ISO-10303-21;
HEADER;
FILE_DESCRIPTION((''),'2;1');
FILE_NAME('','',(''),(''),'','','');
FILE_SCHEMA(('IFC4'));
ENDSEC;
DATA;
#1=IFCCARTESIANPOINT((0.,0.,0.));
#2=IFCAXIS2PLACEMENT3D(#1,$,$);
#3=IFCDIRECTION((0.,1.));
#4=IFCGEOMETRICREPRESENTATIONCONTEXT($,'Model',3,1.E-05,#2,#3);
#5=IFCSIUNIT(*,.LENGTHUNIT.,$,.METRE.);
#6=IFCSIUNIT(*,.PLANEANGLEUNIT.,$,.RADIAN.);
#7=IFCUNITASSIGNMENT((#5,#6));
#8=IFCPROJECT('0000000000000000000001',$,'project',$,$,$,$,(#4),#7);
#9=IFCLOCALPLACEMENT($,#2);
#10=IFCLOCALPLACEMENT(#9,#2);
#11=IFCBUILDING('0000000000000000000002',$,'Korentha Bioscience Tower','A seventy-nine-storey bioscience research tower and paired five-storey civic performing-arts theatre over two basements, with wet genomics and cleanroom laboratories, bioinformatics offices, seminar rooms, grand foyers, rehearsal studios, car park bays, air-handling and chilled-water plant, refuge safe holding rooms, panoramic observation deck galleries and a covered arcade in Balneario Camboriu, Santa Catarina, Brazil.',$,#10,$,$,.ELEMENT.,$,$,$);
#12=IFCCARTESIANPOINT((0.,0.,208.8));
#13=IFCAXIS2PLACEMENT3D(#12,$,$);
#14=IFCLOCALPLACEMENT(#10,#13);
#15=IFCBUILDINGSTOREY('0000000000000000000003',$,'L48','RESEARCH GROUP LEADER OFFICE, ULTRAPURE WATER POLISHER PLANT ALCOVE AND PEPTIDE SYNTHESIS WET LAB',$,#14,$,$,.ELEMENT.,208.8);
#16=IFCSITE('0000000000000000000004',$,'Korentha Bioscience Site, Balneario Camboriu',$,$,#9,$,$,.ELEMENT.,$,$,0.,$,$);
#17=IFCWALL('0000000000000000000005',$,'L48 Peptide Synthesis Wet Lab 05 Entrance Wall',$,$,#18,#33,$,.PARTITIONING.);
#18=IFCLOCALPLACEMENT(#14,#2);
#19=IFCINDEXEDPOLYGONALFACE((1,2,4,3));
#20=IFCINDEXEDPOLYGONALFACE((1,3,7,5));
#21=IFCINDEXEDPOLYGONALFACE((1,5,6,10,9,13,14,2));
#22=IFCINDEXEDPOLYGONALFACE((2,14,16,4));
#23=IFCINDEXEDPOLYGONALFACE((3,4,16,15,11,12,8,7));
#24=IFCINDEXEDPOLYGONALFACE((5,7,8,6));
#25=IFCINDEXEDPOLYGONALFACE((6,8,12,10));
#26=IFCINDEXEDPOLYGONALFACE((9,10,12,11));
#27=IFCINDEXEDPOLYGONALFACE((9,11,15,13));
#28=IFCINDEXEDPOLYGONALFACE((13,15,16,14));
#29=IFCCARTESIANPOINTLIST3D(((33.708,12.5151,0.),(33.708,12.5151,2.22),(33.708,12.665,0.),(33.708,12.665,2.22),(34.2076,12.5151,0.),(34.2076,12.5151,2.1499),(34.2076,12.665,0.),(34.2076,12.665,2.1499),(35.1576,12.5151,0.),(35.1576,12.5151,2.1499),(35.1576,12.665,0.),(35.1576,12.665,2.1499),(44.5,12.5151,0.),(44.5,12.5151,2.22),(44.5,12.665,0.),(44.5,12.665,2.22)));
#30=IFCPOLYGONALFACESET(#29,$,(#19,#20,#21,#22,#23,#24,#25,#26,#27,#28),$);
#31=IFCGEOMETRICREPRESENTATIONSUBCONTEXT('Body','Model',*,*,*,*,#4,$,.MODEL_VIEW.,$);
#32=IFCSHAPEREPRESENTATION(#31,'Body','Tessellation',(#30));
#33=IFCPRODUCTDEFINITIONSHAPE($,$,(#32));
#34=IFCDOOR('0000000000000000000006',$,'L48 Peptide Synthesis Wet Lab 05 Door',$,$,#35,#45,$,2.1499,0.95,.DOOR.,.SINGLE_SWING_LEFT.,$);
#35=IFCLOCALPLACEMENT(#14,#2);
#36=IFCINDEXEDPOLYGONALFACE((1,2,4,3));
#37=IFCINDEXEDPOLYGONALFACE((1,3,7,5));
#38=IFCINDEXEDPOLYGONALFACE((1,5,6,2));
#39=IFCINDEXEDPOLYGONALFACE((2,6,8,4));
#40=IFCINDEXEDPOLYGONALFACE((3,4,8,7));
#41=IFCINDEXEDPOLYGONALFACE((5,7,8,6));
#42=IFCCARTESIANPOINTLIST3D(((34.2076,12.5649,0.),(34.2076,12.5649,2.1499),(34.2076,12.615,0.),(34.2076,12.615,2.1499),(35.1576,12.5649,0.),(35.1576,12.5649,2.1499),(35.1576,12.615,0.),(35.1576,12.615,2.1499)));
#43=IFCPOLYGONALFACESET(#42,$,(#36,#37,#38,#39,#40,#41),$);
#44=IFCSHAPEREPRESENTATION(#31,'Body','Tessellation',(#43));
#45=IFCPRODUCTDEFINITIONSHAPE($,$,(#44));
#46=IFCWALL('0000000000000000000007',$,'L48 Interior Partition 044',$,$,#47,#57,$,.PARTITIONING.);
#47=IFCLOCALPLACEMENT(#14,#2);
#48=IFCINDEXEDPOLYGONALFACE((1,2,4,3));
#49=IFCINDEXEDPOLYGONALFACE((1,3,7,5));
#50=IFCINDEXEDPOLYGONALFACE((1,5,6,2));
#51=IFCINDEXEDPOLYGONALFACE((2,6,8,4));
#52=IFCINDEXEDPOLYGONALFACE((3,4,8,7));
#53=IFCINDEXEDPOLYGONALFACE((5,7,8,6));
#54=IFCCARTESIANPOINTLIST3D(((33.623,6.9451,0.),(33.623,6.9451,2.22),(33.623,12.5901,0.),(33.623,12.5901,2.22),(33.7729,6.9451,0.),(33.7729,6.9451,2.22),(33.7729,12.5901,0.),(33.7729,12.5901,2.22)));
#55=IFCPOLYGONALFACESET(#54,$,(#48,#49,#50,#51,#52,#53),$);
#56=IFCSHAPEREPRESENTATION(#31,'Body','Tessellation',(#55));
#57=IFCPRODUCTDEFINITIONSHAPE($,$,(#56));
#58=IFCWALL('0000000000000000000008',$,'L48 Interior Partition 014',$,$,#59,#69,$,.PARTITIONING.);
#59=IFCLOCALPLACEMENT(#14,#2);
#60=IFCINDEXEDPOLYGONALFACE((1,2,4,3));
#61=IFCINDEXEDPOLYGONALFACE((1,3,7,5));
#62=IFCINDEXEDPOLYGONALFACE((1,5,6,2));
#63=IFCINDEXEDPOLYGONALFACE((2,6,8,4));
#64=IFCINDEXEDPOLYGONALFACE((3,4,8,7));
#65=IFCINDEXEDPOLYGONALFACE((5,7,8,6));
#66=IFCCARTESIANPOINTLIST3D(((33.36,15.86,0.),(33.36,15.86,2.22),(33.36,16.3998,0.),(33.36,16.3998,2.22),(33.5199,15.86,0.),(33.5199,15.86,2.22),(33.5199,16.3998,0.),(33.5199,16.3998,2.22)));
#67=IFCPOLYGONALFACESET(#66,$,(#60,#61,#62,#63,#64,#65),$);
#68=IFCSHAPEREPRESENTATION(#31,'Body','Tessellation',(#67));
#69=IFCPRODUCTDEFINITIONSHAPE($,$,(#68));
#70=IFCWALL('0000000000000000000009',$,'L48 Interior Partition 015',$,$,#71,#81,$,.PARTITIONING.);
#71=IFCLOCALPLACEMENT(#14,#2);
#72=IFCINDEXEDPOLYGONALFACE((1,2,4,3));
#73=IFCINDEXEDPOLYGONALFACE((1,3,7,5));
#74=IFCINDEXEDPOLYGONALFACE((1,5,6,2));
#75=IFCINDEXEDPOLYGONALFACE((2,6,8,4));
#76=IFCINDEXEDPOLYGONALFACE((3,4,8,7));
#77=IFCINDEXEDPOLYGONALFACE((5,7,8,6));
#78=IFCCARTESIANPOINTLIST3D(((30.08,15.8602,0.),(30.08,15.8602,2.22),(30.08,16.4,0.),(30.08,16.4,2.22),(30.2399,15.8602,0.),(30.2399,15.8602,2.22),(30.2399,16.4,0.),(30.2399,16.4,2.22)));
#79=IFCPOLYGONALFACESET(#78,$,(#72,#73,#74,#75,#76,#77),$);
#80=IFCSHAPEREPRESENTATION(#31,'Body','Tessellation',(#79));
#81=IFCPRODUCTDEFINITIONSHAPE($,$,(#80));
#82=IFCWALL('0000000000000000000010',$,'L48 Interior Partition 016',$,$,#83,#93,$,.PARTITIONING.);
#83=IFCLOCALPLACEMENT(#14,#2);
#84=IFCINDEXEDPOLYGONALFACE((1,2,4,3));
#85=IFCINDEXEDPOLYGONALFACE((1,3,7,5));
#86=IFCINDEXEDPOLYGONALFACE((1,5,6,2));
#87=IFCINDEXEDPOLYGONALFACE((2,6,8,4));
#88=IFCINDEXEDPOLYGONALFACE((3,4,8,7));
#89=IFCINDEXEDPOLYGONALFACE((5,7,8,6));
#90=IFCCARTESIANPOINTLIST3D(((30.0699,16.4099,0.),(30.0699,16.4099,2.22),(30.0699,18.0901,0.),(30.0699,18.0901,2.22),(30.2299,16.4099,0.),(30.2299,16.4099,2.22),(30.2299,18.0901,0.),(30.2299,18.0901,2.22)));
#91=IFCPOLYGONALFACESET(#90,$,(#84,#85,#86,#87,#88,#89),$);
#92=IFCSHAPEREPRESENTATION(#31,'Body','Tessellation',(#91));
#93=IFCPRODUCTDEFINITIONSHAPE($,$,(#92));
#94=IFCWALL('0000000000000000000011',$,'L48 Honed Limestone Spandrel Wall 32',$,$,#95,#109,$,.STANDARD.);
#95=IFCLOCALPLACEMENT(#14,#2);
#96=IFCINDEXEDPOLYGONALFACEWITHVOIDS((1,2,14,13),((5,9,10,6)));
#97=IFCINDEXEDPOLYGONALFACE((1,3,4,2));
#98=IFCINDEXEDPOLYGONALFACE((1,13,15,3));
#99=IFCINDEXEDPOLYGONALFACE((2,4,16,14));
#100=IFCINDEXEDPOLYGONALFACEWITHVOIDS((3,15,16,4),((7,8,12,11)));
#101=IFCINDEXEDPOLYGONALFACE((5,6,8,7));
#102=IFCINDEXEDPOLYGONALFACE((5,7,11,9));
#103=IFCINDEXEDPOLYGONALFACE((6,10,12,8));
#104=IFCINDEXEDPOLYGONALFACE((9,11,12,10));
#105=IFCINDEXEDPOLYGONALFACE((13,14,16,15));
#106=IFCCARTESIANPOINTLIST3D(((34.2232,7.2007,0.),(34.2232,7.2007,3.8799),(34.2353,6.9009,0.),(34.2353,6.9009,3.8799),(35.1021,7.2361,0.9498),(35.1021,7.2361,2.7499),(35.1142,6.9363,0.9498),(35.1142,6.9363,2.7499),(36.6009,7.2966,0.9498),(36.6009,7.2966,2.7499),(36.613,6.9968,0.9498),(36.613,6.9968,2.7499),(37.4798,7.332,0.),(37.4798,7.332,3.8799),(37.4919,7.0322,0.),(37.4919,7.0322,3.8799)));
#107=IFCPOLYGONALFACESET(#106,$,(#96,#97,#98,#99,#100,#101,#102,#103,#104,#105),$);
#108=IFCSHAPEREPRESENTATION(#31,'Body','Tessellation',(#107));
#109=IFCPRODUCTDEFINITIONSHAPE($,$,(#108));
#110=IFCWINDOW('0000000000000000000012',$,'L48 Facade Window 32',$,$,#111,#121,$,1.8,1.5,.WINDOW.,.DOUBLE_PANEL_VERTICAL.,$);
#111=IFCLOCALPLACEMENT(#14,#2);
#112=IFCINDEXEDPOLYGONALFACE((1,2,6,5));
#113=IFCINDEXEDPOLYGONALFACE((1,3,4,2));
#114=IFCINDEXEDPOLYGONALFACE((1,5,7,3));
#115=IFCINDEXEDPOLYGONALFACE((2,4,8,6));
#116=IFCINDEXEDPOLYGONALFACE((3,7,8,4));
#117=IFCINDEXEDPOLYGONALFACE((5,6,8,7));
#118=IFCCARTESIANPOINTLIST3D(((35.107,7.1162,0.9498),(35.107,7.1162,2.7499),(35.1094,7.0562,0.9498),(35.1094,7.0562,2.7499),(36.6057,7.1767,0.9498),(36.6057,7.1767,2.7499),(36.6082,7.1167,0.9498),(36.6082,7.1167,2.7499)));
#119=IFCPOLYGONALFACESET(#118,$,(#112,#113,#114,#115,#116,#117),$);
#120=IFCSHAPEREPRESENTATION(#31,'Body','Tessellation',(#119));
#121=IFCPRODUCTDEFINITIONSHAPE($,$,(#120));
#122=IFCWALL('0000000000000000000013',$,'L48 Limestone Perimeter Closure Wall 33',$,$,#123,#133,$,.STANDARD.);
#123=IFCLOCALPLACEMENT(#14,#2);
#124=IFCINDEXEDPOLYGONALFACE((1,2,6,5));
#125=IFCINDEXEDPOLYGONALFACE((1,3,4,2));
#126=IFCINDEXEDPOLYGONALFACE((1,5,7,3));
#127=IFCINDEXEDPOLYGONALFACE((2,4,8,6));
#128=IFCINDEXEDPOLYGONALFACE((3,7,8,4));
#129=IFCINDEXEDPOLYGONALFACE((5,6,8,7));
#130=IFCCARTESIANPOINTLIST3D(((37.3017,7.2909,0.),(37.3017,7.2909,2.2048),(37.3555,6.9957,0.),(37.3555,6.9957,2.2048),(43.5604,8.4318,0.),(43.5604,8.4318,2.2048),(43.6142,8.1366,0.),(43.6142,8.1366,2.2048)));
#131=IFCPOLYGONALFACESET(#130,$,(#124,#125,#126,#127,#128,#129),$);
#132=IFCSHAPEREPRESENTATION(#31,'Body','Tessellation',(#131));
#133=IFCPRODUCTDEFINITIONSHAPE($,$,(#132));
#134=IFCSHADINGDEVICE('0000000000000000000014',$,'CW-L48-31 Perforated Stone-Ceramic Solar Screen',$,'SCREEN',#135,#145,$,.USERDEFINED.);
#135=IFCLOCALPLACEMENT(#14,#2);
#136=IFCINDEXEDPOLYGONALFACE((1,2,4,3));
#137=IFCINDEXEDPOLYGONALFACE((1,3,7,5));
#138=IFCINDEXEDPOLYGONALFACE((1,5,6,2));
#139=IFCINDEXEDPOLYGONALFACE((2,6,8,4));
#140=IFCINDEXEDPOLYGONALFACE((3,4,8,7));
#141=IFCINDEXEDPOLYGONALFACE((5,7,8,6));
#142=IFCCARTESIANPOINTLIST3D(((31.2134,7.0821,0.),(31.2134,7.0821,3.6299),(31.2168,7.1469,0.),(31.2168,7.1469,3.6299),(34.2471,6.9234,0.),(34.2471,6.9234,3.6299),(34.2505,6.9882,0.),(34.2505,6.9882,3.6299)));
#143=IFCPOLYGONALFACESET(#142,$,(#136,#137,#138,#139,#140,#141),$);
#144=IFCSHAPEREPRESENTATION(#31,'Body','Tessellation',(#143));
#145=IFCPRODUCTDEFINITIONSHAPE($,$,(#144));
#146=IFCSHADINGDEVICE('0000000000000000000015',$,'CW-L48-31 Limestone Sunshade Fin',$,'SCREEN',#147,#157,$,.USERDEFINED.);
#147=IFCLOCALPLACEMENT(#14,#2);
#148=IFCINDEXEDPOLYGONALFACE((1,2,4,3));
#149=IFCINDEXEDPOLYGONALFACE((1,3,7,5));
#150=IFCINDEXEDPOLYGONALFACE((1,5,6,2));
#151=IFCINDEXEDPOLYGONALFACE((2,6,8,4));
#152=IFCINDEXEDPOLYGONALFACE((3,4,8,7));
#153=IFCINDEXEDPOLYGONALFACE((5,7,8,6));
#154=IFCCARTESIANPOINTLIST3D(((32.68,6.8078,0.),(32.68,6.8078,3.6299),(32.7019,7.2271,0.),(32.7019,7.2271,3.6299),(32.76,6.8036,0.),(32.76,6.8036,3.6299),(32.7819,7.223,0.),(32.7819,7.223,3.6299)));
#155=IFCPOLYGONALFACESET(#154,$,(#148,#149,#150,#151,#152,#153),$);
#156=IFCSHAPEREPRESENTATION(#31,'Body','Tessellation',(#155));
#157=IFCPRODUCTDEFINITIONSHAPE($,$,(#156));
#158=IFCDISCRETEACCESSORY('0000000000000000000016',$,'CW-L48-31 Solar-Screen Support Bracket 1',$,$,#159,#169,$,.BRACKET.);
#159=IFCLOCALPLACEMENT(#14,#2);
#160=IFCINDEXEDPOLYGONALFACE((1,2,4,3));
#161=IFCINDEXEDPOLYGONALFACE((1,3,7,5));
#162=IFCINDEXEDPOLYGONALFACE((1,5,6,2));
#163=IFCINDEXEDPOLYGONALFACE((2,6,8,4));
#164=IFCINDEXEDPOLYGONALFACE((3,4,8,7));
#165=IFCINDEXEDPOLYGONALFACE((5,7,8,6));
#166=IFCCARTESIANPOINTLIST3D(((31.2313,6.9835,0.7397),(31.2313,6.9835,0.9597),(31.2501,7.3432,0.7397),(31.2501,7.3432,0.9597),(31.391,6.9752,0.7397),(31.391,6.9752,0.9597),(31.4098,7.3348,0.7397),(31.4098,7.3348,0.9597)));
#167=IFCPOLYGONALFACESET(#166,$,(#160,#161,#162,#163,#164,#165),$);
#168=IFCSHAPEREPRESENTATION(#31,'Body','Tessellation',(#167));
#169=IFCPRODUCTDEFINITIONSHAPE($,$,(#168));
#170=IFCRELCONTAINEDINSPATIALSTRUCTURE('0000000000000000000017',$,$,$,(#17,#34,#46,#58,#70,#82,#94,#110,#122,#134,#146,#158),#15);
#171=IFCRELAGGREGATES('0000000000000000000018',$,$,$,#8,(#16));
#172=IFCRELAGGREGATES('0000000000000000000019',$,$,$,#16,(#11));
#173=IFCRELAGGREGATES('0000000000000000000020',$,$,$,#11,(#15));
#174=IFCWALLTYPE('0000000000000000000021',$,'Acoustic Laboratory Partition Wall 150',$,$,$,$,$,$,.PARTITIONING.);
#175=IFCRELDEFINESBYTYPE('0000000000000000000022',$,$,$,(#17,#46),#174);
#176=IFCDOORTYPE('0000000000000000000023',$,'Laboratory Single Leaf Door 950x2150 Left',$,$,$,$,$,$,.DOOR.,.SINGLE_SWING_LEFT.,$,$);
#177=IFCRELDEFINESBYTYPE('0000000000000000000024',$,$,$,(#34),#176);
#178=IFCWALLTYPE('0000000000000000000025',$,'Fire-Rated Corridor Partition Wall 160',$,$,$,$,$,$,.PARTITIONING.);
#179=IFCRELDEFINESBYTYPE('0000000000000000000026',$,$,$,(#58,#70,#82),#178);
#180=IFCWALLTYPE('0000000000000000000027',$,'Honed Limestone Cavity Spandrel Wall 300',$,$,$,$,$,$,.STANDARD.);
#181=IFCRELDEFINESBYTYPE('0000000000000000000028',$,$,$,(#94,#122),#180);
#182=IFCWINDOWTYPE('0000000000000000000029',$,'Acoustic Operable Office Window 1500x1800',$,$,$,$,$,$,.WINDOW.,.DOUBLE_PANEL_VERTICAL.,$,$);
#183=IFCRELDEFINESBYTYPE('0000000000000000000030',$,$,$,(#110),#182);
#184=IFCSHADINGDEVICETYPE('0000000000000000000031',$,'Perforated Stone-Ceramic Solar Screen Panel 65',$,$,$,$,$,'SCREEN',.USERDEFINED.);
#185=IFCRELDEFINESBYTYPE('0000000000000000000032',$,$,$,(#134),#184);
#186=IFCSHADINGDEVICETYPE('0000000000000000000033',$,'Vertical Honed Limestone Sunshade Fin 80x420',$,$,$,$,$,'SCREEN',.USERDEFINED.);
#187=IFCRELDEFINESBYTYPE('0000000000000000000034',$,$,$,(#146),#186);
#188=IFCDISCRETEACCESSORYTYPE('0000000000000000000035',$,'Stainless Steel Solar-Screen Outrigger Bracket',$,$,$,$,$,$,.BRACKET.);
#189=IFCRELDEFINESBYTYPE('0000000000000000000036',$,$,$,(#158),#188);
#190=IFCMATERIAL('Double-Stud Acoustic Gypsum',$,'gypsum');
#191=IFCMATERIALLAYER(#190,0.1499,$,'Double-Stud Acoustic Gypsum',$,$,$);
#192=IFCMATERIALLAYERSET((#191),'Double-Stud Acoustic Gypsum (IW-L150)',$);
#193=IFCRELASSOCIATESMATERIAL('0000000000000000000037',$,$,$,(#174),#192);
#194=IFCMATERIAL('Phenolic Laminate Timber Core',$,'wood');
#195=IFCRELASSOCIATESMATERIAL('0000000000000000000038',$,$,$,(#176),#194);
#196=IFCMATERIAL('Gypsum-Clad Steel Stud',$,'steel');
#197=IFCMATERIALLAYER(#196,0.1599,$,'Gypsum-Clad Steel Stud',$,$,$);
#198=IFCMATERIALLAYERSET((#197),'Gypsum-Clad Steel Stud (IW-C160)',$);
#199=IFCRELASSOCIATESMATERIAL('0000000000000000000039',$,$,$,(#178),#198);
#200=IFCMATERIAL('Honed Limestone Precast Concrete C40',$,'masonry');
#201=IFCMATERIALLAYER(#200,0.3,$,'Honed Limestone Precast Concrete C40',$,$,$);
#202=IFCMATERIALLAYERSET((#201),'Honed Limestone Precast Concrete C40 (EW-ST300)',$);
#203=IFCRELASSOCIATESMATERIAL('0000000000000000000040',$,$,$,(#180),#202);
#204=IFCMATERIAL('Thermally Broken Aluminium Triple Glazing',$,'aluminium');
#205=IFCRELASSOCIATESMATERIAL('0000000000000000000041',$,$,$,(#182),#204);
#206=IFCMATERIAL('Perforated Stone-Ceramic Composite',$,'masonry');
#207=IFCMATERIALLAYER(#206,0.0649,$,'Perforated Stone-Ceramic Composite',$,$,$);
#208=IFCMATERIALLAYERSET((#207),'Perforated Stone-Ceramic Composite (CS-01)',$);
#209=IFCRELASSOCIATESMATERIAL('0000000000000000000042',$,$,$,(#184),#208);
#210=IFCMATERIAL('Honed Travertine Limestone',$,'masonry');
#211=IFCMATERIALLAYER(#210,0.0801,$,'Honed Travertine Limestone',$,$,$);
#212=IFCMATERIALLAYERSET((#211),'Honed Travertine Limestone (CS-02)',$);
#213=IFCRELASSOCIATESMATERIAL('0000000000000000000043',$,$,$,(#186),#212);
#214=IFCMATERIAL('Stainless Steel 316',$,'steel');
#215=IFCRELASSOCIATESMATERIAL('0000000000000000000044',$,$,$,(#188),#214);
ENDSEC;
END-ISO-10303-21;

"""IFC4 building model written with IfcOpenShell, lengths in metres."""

from ifc_helpers import new_model, si_unit, direction, frame, frame_2d, origin, origin_2d, place, context, subcontext, project, spatial, rectangle, extrude, material, layer, layer_set, type_object, element, fill, save


model = new_model("IFC4")

# Units and contexts
model_context = context("Model", 3, precision=1e-05, world=origin(), true_north=direction((0.0, 1.0)))
body_context = subcontext(model_context, "Body", "Model", "MODEL_VIEW")
ifc_project = project(units=[si_unit("LENGTHUNIT", "METRE"), si_unit("PLANEANGLEUNIT", "RADIAN")], contexts=[model_context])

# Site, building, storey
site_placement = place(None, origin())
site = spatial("IfcSite", under=ifc_project, at=site_placement, Name="Korentha Bioscience Site, Balneario Camboriu", CompositionType="ELEMENT", RefElevation=0.0)
building_placement = place(site_placement, origin())
building = spatial("IfcBuilding", under=site, at=building_placement, Name="Korentha Bioscience Tower", Description="A seventy-nine-storey bioscience research tower and paired five-storey civic performing-arts theatre over two basements, with wet genomics and cleanroom laboratories, bioinformatics offices, seminar rooms, grand foyers, rehearsal studios, car park bays, air-handling and chilled-water plant, refuge safe holding rooms, panoramic observation deck galleries and a covered arcade in Balneario Camboriu, Santa Catarina, Brazil.", CompositionType="ELEMENT")
storey_placement = place(building_placement, frame((0.0, 0.0, 208.8)))
storey = spatial("IfcBuildingStorey", under=building, at=storey_placement, Name="L48", Description="RESEARCH GROUP LEADER OFFICE, ULTRAPURE WATER POLISHER PLANT ALCOVE AND PEPTIDE SYNTHESIS WET LAB", CompositionType="ELEMENT", Elevation=208.8)

# Wall, opening, door
ifc_material_1 = material(Name="Double-Stud Acoustic Gypsum", Category="gypsum")
ifc_layer_1 = layer(ifc_material_1, 0.1499, Name="Double-Stud Acoustic Gypsum")
ifc_layer_set_1 = layer_set([ifc_layer_1], Name="Double-Stud Acoustic Gypsum (IW-L150)")
wall_type_1 = type_object("IfcWallType", Name="Acoustic Laboratory Partition Wall 150", PredefinedType="PARTITIONING", material=ifc_layer_set_1)
wall_1_placement = place(storey_placement, frame((33.708, 12.5901, 0.0), z_axis=(0.0, 0.0, 1.0), x_axis=(1.0, 0.0, 0.0)))
wall_1 = element("IfcWall", 1, at=wall_1_placement, inside=storey, type_object=wall_type_1, Name="L48 Peptide Synthesis Wet Lab 05 Entrance Wall", PredefinedType="PARTITIONING", context=body_context, shape_type="SweptSolid", body=[
    extrude(rectangle(XDim=10.792, YDim=0.1499, at=frame_2d((5.396, 0.0))), origin(), (0.0, 0.0, 1.0), 2.22),
])
opening_1_placement = place(wall_1_placement, frame((0.4995, 0.0, 0.0)))
opening_1 = element("IfcOpeningElement", 2, at=opening_1_placement, cuts=wall_1, PredefinedType="OPENING", context=body_context, shape_type="SweptSolid", body=[
    extrude(rectangle(XDim=0.95, YDim=2.1499, at=frame_2d((0.4751, 1.075))), frame((0.0, 0.0898, 0.0), z_axis=(0.0, -1.0, 0.0), x_axis=(1.0, 0.0, 0.0)), (0.0, 0.0, 1.0), 0.1797),
])
ifc_material_2 = material(Name="Phenolic Laminate Timber Core", Category="wood")
door_type = type_object("IfcDoorType", Name="Laboratory Single Leaf Door 950x2150 Left", OperationType="SINGLE_SWING_LEFT", PredefinedType="DOOR", material=ifc_material_2)
door_1_placement = place(opening_1_placement, origin())
door_1 = element("IfcDoor", 3, at=door_1_placement, inside=storey, type_object=door_type, Name="L48 Peptide Synthesis Wet Lab 05 Door", OperationType="SINGLE_SWING_LEFT", OverallHeight=2.1499, OverallWidth=0.95, PredefinedType="DOOR", context=body_context, shape_type="SweptSolid", body=[
    extrude(rectangle(XDim=0.95, YDim=2.1499, at=frame_2d((0.4751, 1.075))), frame((0.0, 0.0249, 0.0), z_axis=(0.0, -1.0, 0.0), x_axis=(1.0, 0.0, 0.0)), (0.0, 0.0, 1.0), 0.05),
])
fill(opening_1, door_1)

# Wall
wall_2_placement = place(storey_placement, frame((33.698, 12.5901, 0.0), z_axis=(0.0, 0.0, 1.0), x_axis=(0.0, -1.0, 0.0)))
element("IfcWall", 4, at=wall_2_placement, inside=storey, type_object=wall_type_1, Name="L48 Interior Partition 044", PredefinedType="PARTITIONING", context=body_context, shape_type="SweptSolid", body=[
    extrude(rectangle(XDim=5.645, YDim=0.1499, at=frame_2d((2.8225, 0.0))), origin(), (0.0, 0.0, 1.0), 2.22),
])

# Shared definitions
ifc_material_3 = material(Name="Gypsum-Clad Steel Stud", Category="steel")
ifc_layer_2 = layer(ifc_material_3, 0.1599, Name="Gypsum-Clad Steel Stud")
ifc_layer_set_2 = layer_set([ifc_layer_2], Name="Gypsum-Clad Steel Stud (IW-C160)")
wall_type_2 = type_object("IfcWallType", Name="Fire-Rated Corridor Partition Wall 160", PredefinedType="PARTITIONING", material=ifc_layer_set_2)

# Walls
for number, where, z_axis, x_axis, name in (
    (5, (33.4399, 16.3999, 0.0), (0.0, 0.0, 1.0), (0.0, -1.0, 0.0), "L48 Interior Partition 014"),
    (6, (30.1599, 15.8601, 0.0), (0.0, 0.0, 1.0), (0.0, 1.0, 0.0), "L48 Interior Partition 015"),
):
    element("IfcWall", number, at=place(storey_placement, frame(where, z_axis=z_axis, x_axis=x_axis)), inside=storey, type_object=wall_type_2, Name=name, PredefinedType="PARTITIONING", context=body_context, shape_type="SweptSolid", body=[
        extrude(rectangle(XDim=0.5398, YDim=0.1599, at=frame_2d((0.27, 0.0))), origin(), (0.0, 0.0, 1.0), 2.22),
    ])
wall_3_placement = place(storey_placement, frame((30.1499, 16.4099, 0.0), z_axis=(0.0, 0.0, 1.0), x_axis=(0.0, 1.0, 0.0)))
element("IfcWall", 7, at=wall_3_placement, inside=storey, type_object=wall_type_2, Name="L48 Interior Partition 016", PredefinedType="PARTITIONING", context=body_context, shape_type="SweptSolid", body=[
    extrude(rectangle(XDim=1.6802, YDim=0.1599, at=frame_2d((0.8401, 0.0))), origin(), (0.0, 0.0, 1.0), 2.22),
])

# Wall, opening, window
ifc_material_4 = material(Name="Honed Limestone Precast Concrete C40", Category="masonry")
ifc_layer_3 = layer(ifc_material_4, 0.3, Name="Honed Limestone Precast Concrete C40")
ifc_layer_set_3 = layer_set([ifc_layer_3], Name="Honed Limestone Precast Concrete C40 (EW-ST300)")
wall_type_3 = type_object("IfcWallType", Name="Honed Limestone Cavity Spandrel Wall 300", PredefinedType="STANDARD", material=ifc_layer_set_3)
wall_4_placement = place(storey_placement, frame((34.2292, 7.0508, 0.0), z_axis=(0.0, 0.0, 1.0), x_axis=(0.999188, 0.0403, 0.0)))
wall_4 = element("IfcWall", 8, at=wall_4_placement, inside=storey, type_object=wall_type_3, Name="L48 Honed Limestone Spandrel Wall 32", PredefinedType="STANDARD", context=body_context, shape_type="SweptSolid", body=[
    extrude(rectangle(XDim=3.2593, YDim=0.3, at=frame_2d((1.6296, 0.0))), origin(), (0.0, 0.0, 1.0), 3.8799),
])
opening_2_placement = place(wall_4_placement, frame((0.8796, 0.0, 0.95)))
opening_2 = element("IfcOpeningElement", 9, at=opening_2_placement, cuts=wall_4, PredefinedType="OPENING", context=body_context, shape_type="SweptSolid", body=[
    extrude(rectangle(XDim=1.5, YDim=1.8, at=frame_2d((0.75, 0.8999))), frame((0.0, 0.165, 0.0), z_axis=(0.0, -1.0, 0.0), x_axis=(1.0, 0.0, 0.0)), (0.0, 0.0, 1.0), 0.3298),
])
ifc_material_5 = material(Name="Thermally Broken Aluminium Triple Glazing", Category="aluminium")
window_type = type_object("IfcWindowType", Name="Acoustic Operable Office Window 1500x1800", PartitioningType="DOUBLE_PANEL_VERTICAL", PredefinedType="WINDOW", material=ifc_material_5)
window_placement = place(opening_2_placement, origin())
window = element("IfcWindow", 10, at=window_placement, inside=storey, type_object=window_type, Name="L48 Facade Window 32", OverallHeight=1.8, OverallWidth=1.5, PartitioningType="DOUBLE_PANEL_VERTICAL", PredefinedType="WINDOW", context=body_context, shape_type="SweptSolid", body=[
    extrude(rectangle(XDim=1.5, YDim=1.8, at=frame_2d((0.75, 0.8999))), frame((0.0, 0.03, 0.0), z_axis=(0.0, -1.0, 0.0), x_axis=(1.0, 0.0, 0.0)), (0.0, 0.0, 1.0), 0.0601),
])
fill(opening_2, window)

# Wall
wall_5_placement = place(storey_placement, frame((37.3286, 7.1433, 0.0), z_axis=(0.0, 0.0, 1.0), x_axis=(0.983789, 0.179328, 0.0)))
element("IfcWall", 11, at=wall_5_placement, inside=storey, type_object=wall_type_3, Name="L48 Limestone Perimeter Closure Wall 33", PredefinedType="STANDARD", context=body_context, shape_type="SweptSolid", body=[
    extrude(rectangle(XDim=6.3618, YDim=0.3, at=frame_2d((3.1809, 0.0))), origin(), (0.0, 0.0, 1.0), 2.2048),
])

# Shading devices
ifc_material_6 = material(Name="Perforated Stone-Ceramic Composite", Category="masonry")
ifc_layer_4 = layer(ifc_material_6, 0.0649, Name="Perforated Stone-Ceramic Composite")
ifc_layer_set_4 = layer_set([ifc_layer_4], Name="Perforated Stone-Ceramic Composite (CS-01)")
shading_device_type_1 = type_object("IfcShadingDeviceType", Name="Perforated Stone-Ceramic Solar Screen Panel 65", ElementType="SCREEN", PredefinedType="USERDEFINED", material=ifc_layer_set_4)
shading_device_1_placement = place(storey_placement, frame((32.7319, 7.0352, 0.0), z_axis=(0.0, 0.0, 1.0), x_axis=(0.998635, -0.052239, 0.0)))
element("IfcShadingDevice", 12, at=shading_device_1_placement, inside=storey, type_object=shading_device_type_1, Name="CW-L48-31 Perforated Stone-Ceramic Solar Screen", ObjectType="SCREEN", PredefinedType="USERDEFINED", context=body_context, shape_type="SweptSolid", body=[
    extrude(rectangle(XDim=3.0378, YDim=0.0649, at=origin_2d()), origin(), (0.0, 0.0, 1.0), 3.6299),
])
ifc_material_7 = material(Name="Honed Travertine Limestone", Category="masonry")
ifc_layer_5 = layer(ifc_material_7, 0.0801, Name="Honed Travertine Limestone")
ifc_layer_set_5 = layer_set([ifc_layer_5], Name="Honed Travertine Limestone (CS-02)")
shading_device_type_2 = type_object("IfcShadingDeviceType", Name="Vertical Honed Limestone Sunshade Fin 80x420", ElementType="SCREEN", PredefinedType="USERDEFINED", material=ifc_layer_set_5)
shading_device_2_placement = place(storey_placement, frame((32.731, 7.0154, 0.0), z_axis=(0.0, 0.0, 1.0), x_axis=(0.998635, -0.052239, 0.0)))
element("IfcShadingDevice", 13, at=shading_device_2_placement, inside=storey, type_object=shading_device_type_2, Name="CW-L48-31 Limestone Sunshade Fin", ObjectType="SCREEN", PredefinedType="USERDEFINED", context=body_context, shape_type="SweptSolid", body=[
    extrude(rectangle(XDim=0.0801, YDim=0.4199, at=origin_2d()), origin(), (0.0, 0.0, 1.0), 3.6299),
])

# Discrete accessory
ifc_material_8 = material(Name="Stainless Steel 316", Category="steel")
discrete_accessory_type = type_object("IfcDiscreteAccessoryType", Name="Stainless Steel Solar-Screen Outrigger Bracket", PredefinedType="BRACKET", material=ifc_material_8)
for number, where, z_axis, x_axis, name in (
    (14, (31.3206, 7.1592, 0.7397), (0.0, 0.0, 1.0), (0.998635, -0.052239, 0.0), "CW-L48-31 Solar-Screen Support Bracket 1"),
):
    element("IfcDiscreteAccessory", number, at=place(storey_placement, frame(where, z_axis=z_axis, x_axis=x_axis)), inside=storey, type_object=discrete_accessory_type, Name=name, PredefinedType="BRACKET", context=body_context, shape_type="SweptSolid", body=[
        extrude(rectangle(XDim=0.1599, YDim=0.3601, at=origin_2d()), origin(), (0.0, 0.0, 1.0), 0.22),
    ])

save(model, "model.ifc")
